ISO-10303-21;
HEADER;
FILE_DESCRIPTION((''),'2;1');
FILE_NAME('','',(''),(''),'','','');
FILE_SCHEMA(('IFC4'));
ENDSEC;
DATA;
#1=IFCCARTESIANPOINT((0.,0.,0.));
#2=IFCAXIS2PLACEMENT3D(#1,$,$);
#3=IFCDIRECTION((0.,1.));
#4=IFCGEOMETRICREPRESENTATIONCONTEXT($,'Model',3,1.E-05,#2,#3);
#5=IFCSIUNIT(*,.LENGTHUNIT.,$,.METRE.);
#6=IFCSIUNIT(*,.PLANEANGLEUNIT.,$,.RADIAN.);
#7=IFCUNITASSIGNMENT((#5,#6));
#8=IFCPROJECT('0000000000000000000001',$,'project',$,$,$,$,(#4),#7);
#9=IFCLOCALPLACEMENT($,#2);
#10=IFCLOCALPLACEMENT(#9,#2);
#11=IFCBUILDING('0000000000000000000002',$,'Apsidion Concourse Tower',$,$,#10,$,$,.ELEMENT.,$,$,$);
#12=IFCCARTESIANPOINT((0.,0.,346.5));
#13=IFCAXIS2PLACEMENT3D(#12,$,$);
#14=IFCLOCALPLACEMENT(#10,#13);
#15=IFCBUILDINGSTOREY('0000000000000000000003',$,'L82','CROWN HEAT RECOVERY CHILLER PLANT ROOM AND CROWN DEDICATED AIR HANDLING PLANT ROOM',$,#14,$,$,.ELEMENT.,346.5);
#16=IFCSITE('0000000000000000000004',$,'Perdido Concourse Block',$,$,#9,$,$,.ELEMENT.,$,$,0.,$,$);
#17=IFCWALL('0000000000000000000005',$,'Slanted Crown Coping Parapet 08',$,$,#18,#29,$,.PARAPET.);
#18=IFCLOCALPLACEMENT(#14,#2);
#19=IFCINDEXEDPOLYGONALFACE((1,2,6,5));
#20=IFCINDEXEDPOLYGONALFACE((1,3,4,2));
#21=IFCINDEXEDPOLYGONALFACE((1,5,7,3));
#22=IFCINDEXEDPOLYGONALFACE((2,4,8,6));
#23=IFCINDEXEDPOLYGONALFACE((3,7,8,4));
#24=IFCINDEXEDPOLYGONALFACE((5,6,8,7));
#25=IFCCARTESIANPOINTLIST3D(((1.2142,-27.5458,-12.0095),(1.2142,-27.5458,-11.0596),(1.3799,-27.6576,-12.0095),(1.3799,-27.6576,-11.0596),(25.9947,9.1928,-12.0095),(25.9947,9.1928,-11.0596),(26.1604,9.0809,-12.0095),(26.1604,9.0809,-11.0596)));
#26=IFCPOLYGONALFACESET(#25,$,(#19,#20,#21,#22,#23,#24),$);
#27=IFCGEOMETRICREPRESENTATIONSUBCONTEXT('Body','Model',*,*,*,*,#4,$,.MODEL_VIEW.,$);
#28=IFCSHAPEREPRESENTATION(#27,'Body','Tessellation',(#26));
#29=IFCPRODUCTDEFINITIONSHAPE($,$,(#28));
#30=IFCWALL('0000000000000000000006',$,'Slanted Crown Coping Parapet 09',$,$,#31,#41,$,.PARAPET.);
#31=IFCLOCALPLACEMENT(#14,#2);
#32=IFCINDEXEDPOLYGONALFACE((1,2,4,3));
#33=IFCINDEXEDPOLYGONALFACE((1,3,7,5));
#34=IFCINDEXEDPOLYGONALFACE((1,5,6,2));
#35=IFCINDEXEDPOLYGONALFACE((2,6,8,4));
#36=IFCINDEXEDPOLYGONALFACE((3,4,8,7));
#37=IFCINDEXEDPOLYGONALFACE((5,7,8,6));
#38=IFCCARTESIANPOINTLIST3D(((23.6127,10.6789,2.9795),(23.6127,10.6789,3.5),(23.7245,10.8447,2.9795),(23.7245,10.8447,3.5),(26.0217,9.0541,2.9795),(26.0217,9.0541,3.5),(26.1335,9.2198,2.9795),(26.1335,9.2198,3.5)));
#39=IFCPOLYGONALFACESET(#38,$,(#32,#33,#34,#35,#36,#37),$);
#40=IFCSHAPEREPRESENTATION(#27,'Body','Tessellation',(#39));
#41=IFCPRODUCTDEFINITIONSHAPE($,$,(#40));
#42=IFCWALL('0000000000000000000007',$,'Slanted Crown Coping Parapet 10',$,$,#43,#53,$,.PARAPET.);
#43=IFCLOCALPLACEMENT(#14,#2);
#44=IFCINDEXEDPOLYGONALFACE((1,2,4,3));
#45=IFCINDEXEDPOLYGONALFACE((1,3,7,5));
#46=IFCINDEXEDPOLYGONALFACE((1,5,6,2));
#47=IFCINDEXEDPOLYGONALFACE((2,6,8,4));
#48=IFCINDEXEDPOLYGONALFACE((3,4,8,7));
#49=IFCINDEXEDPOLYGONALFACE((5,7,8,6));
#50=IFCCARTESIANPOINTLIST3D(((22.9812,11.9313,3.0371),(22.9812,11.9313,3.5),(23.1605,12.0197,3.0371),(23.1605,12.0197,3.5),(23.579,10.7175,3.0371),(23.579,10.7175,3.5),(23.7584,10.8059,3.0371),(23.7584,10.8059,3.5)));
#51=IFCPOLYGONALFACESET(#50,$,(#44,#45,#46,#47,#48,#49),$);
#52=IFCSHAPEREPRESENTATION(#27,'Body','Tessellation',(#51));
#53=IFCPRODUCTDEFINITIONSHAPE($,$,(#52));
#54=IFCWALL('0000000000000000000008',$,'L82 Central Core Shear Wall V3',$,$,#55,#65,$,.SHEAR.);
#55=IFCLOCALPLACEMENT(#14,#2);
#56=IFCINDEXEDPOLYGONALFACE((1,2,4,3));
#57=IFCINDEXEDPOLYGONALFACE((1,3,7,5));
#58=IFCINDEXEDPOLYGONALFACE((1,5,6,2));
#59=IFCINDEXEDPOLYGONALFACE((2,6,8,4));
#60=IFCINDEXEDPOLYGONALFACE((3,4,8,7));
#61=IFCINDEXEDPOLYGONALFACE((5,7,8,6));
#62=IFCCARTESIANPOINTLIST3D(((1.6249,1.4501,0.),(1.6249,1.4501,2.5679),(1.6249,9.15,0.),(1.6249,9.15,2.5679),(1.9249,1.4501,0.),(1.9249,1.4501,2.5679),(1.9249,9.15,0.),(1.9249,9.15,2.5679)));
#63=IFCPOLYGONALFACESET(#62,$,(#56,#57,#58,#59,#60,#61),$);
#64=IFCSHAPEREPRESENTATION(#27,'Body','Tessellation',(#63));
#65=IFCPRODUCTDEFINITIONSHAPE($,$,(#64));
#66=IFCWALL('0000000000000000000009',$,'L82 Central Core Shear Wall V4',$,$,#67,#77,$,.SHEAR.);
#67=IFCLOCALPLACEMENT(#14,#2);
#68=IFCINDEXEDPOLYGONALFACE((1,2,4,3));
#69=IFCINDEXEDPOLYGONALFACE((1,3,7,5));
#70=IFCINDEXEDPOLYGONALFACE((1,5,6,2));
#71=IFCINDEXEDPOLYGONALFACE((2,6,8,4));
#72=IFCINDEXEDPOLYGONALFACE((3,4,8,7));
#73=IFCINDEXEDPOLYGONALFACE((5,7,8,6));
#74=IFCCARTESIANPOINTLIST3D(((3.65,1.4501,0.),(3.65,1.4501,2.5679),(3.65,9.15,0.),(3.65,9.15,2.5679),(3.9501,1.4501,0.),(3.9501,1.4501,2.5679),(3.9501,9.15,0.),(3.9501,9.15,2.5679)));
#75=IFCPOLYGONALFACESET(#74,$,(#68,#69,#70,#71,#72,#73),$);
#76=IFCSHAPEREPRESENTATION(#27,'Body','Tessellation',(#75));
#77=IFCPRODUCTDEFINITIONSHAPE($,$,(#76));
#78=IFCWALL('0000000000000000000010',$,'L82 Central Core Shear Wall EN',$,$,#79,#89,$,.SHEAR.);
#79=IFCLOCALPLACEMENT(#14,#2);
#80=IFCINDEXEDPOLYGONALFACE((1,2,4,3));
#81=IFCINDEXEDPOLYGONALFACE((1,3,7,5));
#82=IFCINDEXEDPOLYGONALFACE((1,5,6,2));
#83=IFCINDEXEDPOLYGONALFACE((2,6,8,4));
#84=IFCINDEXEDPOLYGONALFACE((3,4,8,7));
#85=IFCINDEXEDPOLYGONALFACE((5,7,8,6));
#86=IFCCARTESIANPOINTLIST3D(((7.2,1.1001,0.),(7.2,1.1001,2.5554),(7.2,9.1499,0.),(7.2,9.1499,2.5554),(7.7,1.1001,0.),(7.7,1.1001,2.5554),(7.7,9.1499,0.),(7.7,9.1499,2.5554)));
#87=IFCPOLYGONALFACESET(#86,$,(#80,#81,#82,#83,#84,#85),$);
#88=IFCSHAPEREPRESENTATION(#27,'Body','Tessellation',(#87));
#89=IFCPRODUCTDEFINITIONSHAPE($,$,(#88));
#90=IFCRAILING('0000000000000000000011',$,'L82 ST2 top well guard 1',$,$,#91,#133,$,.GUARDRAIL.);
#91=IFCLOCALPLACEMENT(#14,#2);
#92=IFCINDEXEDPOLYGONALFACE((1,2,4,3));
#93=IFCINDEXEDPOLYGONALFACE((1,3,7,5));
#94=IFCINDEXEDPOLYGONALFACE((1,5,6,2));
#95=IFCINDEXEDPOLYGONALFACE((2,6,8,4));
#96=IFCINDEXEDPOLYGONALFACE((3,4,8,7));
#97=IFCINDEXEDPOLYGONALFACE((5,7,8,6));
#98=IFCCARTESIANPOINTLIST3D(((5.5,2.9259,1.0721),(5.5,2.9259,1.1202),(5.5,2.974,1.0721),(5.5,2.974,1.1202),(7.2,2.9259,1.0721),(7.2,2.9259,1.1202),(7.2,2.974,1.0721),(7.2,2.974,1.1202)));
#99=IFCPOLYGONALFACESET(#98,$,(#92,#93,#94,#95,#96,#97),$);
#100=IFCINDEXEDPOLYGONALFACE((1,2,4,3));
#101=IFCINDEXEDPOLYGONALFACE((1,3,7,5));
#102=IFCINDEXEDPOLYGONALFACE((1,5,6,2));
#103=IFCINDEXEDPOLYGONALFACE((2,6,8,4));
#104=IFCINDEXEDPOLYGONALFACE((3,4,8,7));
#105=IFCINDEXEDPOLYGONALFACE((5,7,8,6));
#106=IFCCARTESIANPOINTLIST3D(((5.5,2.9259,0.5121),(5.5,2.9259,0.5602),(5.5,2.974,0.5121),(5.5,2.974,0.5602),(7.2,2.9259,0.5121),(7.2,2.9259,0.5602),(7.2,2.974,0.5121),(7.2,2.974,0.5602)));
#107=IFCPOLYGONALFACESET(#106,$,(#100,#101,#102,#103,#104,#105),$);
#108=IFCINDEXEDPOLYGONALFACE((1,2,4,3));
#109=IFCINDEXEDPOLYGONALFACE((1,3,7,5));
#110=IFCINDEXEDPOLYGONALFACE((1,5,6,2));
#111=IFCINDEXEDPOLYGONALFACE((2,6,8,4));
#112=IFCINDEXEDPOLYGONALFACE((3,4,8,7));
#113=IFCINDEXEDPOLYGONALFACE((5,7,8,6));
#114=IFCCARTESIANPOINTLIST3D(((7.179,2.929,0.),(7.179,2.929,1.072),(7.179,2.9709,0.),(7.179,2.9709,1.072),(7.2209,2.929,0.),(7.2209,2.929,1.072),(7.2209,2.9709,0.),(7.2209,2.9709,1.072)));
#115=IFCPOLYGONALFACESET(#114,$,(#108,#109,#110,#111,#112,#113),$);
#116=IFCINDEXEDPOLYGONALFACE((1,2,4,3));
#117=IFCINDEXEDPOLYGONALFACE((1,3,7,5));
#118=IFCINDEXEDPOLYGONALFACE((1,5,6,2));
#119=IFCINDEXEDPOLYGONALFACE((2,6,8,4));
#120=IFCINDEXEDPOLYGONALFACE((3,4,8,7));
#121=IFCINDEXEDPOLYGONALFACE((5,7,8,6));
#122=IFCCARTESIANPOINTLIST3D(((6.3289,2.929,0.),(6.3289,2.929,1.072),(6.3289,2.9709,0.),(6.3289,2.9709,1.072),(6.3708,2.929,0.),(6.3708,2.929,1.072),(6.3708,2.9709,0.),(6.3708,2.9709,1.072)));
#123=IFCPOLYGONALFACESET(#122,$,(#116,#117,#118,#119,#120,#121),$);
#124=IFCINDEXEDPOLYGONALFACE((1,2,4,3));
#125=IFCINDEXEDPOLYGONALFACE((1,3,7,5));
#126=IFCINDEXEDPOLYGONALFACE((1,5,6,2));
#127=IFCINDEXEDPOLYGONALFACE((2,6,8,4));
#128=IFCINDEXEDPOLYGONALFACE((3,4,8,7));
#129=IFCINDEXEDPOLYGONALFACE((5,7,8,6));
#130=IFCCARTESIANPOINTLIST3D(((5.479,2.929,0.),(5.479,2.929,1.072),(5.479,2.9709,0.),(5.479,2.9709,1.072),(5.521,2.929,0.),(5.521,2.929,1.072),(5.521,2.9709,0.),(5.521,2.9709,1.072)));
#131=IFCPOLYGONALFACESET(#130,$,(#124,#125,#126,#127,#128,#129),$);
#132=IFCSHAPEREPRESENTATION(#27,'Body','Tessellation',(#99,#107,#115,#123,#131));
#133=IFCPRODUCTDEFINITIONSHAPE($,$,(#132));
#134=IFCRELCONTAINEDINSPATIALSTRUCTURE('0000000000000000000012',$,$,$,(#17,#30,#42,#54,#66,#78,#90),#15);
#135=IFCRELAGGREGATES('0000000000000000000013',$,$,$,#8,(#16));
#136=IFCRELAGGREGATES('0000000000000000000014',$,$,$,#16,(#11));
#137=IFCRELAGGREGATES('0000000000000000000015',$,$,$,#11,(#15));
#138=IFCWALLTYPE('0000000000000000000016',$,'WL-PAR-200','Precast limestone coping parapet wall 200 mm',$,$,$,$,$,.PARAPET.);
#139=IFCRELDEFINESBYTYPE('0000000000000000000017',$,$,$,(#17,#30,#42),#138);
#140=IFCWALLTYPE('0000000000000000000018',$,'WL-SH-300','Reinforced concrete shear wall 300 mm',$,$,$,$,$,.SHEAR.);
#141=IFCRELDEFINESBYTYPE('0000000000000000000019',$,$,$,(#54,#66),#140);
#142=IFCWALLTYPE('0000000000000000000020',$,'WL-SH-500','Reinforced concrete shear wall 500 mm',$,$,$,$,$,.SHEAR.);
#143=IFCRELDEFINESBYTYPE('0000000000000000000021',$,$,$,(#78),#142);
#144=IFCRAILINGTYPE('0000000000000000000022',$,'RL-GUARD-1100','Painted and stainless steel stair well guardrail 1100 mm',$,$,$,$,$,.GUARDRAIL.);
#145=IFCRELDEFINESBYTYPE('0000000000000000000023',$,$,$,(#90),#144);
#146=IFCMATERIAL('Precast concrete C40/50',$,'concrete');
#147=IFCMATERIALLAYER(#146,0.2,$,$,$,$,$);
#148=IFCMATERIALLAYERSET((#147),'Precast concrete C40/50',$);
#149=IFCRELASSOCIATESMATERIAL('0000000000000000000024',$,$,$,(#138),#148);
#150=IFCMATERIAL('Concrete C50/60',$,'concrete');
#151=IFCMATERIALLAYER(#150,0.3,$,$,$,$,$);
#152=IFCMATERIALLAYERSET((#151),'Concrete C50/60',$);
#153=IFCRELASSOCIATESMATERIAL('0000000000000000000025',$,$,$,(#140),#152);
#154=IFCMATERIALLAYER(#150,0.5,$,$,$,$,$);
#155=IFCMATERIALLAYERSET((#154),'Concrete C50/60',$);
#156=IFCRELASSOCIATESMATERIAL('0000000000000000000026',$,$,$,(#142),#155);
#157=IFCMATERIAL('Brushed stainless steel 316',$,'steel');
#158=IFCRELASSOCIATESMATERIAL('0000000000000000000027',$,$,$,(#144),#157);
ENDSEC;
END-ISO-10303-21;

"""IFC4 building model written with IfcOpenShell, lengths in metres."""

from ifc_helpers import new_model, si_unit, direction, frame, frame_2d, origin, origin_2d, place, context, subcontext, project, spatial, rectangle, extrude, material, layer, layer_set, type_object, element, save


model = new_model("IFC4")

# Units and contexts
model_context = context("Model", 3, precision=1e-05, world=origin(), true_north=direction((0.0, 1.0)))
body_context = subcontext(model_context, "Body", "Model", "MODEL_VIEW")
ifc_project = project(units=[si_unit("LENGTHUNIT", "METRE"), si_unit("PLANEANGLEUNIT", "RADIAN")], contexts=[model_context])

# Site, building, storey
site_placement = place(None, origin())
site = spatial("IfcSite", under=ifc_project, at=site_placement, Name="Perdido Concourse Block", CompositionType="ELEMENT", RefElevation=0.0)
building_placement = place(site_placement, origin())
building = spatial("IfcBuilding", under=site, at=building_placement, Name="Apsidion Concourse Tower", CompositionType="ELEMENT")
storey_placement = place(building_placement, frame((0.0, 0.0, 346.5)))
storey = spatial("IfcBuildingStorey", under=building, at=storey_placement, Name="L82", Description="CROWN HEAT RECOVERY CHILLER PLANT ROOM AND CROWN DEDICATED AIR HANDLING PLANT ROOM", CompositionType="ELEMENT", Elevation=346.5)

# Shared definitions
ifc_material_1 = material(Name="Concrete C50/60", Category="concrete")

# Walls
ifc_material_2 = material(Name="Precast concrete C40/50", Category="concrete")
ifc_layer_1 = layer(ifc_material_2, 0.2)
ifc_layer_set_1 = layer_set([ifc_layer_1], Name="Precast concrete C40/50")
wall_type_1 = type_object("IfcWallType", Name="WL-PAR-200", Description="Precast limestone coping parapet wall 200 mm", PredefinedType="PARAPET", material=ifc_layer_set_1)
wall_1_placement = place(storey_placement, frame((1.2971, -27.6016, -12.0095), z_axis=(0.0, 0.0, 1.0), x_axis=(0.559194, 0.829037, 0.0)))
element("IfcWall", 1, at=wall_1_placement, inside=storey, type_object=wall_type_1, Name="Slanted Crown Coping Parapet 08", PredefinedType="PARAPET", context=body_context, shape_type="SweptSolid", body=[
    extrude(rectangle(XDim=44.3147, YDim=0.2, at=frame_2d((22.1572, 0.0))), origin(), (0.0, 0.0, 1.0), 0.95),
])
wall_2_placement = place(storey_placement, frame((26.0776, 9.137, 2.9795), z_axis=(0.0, 0.0, 1.0), x_axis=(-0.829052, 0.559171, 0.0)))
element("IfcWall", 2, at=wall_2_placement, inside=storey, type_object=wall_type_1, Name="Slanted Crown Coping Parapet 09", PredefinedType="PARAPET", context=body_context, shape_type="SweptSolid", body=[
    extrude(rectangle(XDim=2.9058, YDim=0.2, at=frame_2d((1.4529, 0.0))), origin(), (0.0, 0.0, 1.0), 0.5205),
])
wall_3_placement = place(storey_placement, frame((23.6687, 10.7617, 3.0371), z_axis=(0.0, 0.0, 1.0), x_axis=(-0.441865, 0.897082, 0.0)))
element("IfcWall", 3, at=wall_3_placement, inside=storey, type_object=wall_type_1, Name="Slanted Crown Coping Parapet 10", PredefinedType="PARAPET", context=body_context, shape_type="SweptSolid", body=[
    extrude(rectangle(XDim=1.353, YDim=0.2, at=frame_2d((0.6765, 0.0))), origin(), (0.0, 0.0, 1.0), 0.4629),
])
ifc_layer_2 = layer(ifc_material_1, 0.3)
ifc_layer_set_2 = layer_set([ifc_layer_2], Name="Concrete C50/60")
wall_type_2 = type_object("IfcWallType", Name="WL-SH-300", Description="Reinforced concrete shear wall 300 mm", PredefinedType="SHEAR", material=ifc_layer_set_2)
for number, where, z_axis, x_axis, name in (
    (4, (1.7749, 1.45, 0.0), (0.0, 0.0, 1.0), (0.0, 1.0, 0.0), "L82 Central Core Shear Wall V3"),
    (5, (3.8, 1.45, 0.0), (0.0, 0.0, 1.0), (0.0, 1.0, 0.0), "L82 Central Core Shear Wall V4"),
):
    element("IfcWall", number, at=place(storey_placement, frame(where, z_axis=z_axis, x_axis=x_axis)), inside=storey, type_object=wall_type_2, Name=name, PredefinedType="SHEAR", context=body_context, shape_type="SweptSolid", body=[
        extrude(rectangle(XDim=7.7, YDim=0.3, at=frame_2d((3.8501, 0.0))), origin(), (0.0, 0.0, 1.0), 2.5679),
    ])
ifc_layer_3 = layer(ifc_material_1, 0.5)
ifc_layer_set_3 = layer_set([ifc_layer_3], Name="Concrete C50/60")
wall_type_3 = type_object("IfcWallType", Name="WL-SH-500", Description="Reinforced concrete shear wall 500 mm", PredefinedType="SHEAR", material=ifc_layer_set_3)
wall_4_placement = place(storey_placement, frame((7.45, 1.1001, 0.0), z_axis=(0.0, 0.0, 1.0), x_axis=(0.0, 1.0, 0.0)))
element("IfcWall", 6, at=wall_4_placement, inside=storey, type_object=wall_type_3, Name="L82 Central Core Shear Wall EN", PredefinedType="SHEAR", context=body_context, shape_type="SweptSolid", body=[
    extrude(rectangle(XDim=8.0498, YDim=0.5, at=frame_2d((4.0249, 0.0))), origin(), (0.0, 0.0, 1.0), 2.5554),
])

# Railing
ifc_material_3 = material(Name="Brushed stainless steel 316", Category="steel")
railing_type = type_object("IfcRailingType", Name="RL-GUARD-1100", Description="Painted and stainless steel stair well guardrail 1100 mm", PredefinedType="GUARDRAIL", material=ifc_material_3)
railing_placement = place(storey_placement, frame((7.2, 2.95, 0.0)))
element("IfcRailing", 7, at=railing_placement, inside=storey, type_object=railing_type, Name="L82 ST2 top well guard 1", PredefinedType="GUARDRAIL", context=body_context, shape_type="SweptSolid", body=[
    extrude(rectangle(XDim=0.0481, YDim=0.0481, at=origin_2d()), frame((0.0, 0.0, 1.0962), z_axis=(-1.0, 0.0, 0.0), x_axis=(0.0, -1.0, 0.0)), (0.0, 0.0, 1.0), 1.7),
    extrude(rectangle(XDim=0.0481, YDim=0.0481, at=origin_2d()), frame((0.0, 0.0, 0.5361), z_axis=(-1.0, 0.0, 0.0), x_axis=(0.0, -1.0, 0.0)), (0.0, 0.0, 1.0), 1.7),
    extrude(rectangle(XDim=0.042, YDim=0.042, at=origin_2d()), origin(), (0.0, 0.0, 1.0), 1.072),
    extrude(rectangle(XDim=0.042, YDim=0.042, at=origin_2d()), frame((-0.8501, 0.0, 0.0)), (0.0, 0.0, 1.0), 1.072),
    extrude(rectangle(XDim=0.042, YDim=0.042, at=origin_2d()), frame((-1.7, 0.0, 0.0)), (0.0, 0.0, 1.0), 1.072),
])

save(model, "model.ifc")
